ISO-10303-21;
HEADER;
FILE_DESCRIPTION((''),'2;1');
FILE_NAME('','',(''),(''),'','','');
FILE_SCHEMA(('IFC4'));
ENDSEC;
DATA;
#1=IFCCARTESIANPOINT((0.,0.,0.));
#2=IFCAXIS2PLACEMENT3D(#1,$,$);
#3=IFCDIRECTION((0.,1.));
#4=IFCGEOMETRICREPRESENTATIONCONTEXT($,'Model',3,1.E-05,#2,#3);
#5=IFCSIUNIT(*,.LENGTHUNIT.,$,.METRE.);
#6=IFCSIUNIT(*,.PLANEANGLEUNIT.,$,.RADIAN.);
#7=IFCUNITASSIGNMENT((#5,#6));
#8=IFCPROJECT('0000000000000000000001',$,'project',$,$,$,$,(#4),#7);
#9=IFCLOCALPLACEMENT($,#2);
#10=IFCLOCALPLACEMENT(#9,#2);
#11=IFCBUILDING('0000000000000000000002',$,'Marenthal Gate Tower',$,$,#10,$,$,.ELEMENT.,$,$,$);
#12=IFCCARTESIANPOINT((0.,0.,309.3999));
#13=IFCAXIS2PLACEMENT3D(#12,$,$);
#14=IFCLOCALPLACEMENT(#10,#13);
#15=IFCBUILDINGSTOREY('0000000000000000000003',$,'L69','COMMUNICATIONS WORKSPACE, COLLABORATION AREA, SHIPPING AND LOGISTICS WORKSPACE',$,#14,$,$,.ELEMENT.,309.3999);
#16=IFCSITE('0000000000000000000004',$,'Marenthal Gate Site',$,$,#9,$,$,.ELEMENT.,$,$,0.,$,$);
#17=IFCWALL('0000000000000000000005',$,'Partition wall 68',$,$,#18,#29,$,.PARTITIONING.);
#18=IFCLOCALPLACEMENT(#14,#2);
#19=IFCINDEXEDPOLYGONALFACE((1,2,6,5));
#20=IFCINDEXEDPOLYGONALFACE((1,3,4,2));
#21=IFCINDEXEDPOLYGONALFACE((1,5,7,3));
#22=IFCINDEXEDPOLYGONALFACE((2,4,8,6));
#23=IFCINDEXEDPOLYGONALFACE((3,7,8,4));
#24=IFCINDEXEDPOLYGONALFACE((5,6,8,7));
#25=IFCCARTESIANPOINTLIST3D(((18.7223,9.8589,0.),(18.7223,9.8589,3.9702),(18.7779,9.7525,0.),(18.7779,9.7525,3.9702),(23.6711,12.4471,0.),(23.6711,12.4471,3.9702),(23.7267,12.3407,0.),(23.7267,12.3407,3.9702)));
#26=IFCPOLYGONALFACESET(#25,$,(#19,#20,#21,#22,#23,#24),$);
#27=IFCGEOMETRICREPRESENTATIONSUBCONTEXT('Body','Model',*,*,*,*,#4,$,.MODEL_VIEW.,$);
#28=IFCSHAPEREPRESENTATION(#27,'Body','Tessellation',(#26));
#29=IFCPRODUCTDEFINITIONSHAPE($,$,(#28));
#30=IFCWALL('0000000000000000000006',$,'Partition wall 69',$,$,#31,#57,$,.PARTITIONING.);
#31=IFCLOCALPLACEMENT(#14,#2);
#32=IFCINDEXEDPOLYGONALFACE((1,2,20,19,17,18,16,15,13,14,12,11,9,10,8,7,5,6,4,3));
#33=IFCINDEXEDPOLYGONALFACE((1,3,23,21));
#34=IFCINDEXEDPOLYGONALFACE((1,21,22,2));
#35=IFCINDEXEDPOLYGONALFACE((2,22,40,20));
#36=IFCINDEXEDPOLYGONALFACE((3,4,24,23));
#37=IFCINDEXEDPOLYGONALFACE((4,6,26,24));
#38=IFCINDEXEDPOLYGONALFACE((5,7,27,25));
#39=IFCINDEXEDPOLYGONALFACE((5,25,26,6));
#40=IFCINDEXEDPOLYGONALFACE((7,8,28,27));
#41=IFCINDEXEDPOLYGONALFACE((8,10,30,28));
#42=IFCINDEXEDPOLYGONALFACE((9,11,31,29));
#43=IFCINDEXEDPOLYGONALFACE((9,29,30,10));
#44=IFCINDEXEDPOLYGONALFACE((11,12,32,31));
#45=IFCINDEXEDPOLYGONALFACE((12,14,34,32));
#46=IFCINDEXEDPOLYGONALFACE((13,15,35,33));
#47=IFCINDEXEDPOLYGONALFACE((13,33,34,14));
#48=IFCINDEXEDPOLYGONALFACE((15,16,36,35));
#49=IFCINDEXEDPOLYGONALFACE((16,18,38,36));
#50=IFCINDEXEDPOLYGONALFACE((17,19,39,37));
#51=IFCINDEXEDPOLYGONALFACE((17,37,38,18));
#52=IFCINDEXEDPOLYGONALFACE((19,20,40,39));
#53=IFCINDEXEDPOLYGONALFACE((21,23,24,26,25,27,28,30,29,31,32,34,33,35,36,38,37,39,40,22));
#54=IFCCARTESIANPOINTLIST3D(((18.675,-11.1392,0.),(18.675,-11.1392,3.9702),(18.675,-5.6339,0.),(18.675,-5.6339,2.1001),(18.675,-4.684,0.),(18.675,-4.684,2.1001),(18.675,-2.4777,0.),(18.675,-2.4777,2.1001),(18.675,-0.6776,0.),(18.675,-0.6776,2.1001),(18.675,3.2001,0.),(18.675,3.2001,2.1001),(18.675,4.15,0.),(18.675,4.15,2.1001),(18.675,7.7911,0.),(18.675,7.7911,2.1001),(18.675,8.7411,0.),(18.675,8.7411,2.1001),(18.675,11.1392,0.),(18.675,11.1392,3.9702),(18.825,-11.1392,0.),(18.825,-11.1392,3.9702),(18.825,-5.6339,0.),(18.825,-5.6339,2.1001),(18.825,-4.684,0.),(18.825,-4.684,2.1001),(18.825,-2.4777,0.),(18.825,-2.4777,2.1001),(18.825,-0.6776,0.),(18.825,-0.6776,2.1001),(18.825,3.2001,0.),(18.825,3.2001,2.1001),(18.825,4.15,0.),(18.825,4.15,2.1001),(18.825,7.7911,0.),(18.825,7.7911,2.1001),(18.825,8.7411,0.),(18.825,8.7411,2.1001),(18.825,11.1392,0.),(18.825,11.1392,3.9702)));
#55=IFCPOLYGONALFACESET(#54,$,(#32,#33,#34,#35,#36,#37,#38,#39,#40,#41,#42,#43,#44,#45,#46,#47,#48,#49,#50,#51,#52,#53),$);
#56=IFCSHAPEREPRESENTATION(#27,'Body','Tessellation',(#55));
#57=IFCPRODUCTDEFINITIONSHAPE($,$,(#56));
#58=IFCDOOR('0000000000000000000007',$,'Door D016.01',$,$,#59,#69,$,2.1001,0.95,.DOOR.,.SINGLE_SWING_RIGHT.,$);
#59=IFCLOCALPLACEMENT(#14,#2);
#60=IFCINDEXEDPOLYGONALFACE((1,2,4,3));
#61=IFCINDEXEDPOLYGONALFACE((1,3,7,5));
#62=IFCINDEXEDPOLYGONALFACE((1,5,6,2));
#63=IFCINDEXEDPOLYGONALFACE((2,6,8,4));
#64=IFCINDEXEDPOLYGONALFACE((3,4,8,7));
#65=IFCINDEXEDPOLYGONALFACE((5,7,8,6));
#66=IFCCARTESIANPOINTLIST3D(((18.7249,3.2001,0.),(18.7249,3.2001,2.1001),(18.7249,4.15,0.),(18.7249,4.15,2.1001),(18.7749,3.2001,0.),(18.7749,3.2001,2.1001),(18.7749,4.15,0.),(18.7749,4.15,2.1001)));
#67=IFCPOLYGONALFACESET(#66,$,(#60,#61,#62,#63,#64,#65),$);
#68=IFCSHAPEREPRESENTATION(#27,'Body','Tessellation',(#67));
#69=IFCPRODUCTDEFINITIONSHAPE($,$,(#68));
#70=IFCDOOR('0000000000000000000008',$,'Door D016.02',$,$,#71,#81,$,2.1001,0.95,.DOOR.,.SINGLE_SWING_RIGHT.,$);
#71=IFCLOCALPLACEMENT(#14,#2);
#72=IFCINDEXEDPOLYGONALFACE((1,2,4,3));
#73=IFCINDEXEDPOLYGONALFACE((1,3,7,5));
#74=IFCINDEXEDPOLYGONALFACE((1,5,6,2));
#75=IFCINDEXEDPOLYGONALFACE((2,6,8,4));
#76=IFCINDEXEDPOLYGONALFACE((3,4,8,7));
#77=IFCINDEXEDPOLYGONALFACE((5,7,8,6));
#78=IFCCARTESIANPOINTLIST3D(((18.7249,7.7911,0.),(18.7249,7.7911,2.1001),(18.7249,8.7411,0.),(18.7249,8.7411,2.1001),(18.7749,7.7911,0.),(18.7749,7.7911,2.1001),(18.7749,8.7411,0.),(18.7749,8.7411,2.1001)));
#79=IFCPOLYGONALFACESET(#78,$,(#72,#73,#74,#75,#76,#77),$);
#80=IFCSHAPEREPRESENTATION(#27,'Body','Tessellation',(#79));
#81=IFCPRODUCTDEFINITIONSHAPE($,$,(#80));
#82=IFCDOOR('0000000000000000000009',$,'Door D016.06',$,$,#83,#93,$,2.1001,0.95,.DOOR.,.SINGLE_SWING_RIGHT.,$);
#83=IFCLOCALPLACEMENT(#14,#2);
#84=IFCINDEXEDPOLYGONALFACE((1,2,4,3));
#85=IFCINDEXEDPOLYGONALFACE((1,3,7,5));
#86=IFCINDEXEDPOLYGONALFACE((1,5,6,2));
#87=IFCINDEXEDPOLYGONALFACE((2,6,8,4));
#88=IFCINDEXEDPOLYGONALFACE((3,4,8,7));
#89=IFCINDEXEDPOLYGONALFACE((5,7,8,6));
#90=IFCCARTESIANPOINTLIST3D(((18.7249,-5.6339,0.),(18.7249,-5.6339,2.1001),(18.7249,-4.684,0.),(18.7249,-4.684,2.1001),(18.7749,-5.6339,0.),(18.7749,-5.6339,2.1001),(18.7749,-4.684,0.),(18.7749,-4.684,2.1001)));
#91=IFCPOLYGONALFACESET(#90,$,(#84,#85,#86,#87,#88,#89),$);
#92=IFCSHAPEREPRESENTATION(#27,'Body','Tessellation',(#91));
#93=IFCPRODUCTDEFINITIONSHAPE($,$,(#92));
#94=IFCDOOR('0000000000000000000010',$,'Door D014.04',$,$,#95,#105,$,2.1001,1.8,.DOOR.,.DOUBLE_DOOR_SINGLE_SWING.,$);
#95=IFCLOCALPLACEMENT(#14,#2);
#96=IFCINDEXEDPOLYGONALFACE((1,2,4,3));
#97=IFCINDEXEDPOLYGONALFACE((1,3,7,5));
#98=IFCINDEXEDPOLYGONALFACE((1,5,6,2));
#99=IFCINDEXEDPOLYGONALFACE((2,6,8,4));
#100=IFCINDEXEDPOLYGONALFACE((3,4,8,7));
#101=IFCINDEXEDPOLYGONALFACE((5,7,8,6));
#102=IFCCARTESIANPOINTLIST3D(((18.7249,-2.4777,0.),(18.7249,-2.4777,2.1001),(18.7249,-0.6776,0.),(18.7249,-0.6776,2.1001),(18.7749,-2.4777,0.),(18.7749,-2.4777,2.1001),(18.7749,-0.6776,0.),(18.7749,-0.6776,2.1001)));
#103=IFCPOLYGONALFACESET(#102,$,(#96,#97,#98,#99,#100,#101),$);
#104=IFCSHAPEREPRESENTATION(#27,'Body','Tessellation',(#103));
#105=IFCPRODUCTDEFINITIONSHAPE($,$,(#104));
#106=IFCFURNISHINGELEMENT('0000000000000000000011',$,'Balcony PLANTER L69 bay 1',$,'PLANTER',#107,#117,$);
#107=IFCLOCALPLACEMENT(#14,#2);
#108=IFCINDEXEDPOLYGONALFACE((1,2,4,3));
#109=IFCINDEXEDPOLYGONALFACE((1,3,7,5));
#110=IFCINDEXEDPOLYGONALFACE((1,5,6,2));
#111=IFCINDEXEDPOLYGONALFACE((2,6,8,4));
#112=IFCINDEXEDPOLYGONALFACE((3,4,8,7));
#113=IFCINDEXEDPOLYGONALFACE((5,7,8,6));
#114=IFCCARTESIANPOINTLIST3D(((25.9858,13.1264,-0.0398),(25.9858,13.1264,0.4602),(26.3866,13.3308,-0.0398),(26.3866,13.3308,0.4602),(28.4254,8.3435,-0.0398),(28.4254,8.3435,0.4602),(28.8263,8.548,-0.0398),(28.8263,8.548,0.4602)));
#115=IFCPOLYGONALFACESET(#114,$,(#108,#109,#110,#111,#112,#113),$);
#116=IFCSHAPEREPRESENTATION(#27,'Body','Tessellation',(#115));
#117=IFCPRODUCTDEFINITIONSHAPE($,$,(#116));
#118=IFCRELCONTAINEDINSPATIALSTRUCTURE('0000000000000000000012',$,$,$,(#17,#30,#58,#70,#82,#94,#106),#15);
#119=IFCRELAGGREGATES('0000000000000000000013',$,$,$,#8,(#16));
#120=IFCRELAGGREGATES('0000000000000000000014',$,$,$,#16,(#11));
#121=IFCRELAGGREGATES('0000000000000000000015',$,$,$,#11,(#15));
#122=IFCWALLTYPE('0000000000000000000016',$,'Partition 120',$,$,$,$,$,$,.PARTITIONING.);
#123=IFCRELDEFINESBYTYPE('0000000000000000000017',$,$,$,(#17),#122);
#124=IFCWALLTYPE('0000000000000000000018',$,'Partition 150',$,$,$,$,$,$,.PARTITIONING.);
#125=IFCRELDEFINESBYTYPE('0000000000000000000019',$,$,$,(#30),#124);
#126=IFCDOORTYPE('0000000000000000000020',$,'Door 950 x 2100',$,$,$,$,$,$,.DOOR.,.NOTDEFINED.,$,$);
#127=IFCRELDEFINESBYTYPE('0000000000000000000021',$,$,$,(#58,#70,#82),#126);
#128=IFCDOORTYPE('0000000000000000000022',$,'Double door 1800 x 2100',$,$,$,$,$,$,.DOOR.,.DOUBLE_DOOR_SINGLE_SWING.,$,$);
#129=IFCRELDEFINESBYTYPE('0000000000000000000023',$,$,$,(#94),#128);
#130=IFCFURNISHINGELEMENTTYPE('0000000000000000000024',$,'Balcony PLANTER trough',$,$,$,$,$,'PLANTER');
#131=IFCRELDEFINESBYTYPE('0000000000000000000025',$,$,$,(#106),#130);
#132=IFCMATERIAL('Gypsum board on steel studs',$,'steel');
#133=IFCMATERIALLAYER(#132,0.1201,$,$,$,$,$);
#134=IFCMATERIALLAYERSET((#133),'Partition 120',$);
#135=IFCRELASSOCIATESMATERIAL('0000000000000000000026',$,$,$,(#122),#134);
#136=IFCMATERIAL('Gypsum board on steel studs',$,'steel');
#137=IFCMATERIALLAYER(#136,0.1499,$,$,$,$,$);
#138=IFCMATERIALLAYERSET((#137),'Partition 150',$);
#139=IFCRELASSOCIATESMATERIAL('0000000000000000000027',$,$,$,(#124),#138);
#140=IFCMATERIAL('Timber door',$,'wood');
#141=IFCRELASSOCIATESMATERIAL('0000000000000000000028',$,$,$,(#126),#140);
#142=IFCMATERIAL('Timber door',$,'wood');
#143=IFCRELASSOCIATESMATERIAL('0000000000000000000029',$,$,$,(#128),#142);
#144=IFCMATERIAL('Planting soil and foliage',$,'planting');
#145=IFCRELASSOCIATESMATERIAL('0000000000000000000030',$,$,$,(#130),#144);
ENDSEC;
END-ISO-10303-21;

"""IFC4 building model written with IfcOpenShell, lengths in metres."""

from ifc_helpers import new_model, si_unit, direction, frame, frame_2d, origin, origin_2d, place, context, subcontext, project, spatial, rectangle, extrude, material, layer, layer_set, type_object, element, fill, save


model = new_model("IFC4")

# Units and contexts
model_context = context("Model", 3, precision=1e-05, world=origin(), true_north=direction((0.0, 1.0)))
body_context = subcontext(model_context, "Body", "Model", "MODEL_VIEW")
ifc_project = project(units=[si_unit("LENGTHUNIT", "METRE"), si_unit("PLANEANGLEUNIT", "RADIAN")], contexts=[model_context])

# Site, building, storey
site_placement = place(None, origin())
site = spatial("IfcSite", under=ifc_project, at=site_placement, Name="Marenthal Gate Site", CompositionType="ELEMENT", RefElevation=0.0)
building_placement = place(site_placement, origin())
building = spatial("IfcBuilding", under=site, at=building_placement, Name="Marenthal Gate Tower", CompositionType="ELEMENT")
storey_placement = place(building_placement, frame((0.0, 0.0, 309.3999)))
storey = spatial("IfcBuildingStorey", under=building, at=storey_placement, Name="L69", Description="COMMUNICATIONS WORKSPACE, COLLABORATION AREA, SHIPPING AND LOGISTICS WORKSPACE", CompositionType="ELEMENT", Elevation=309.3999)

# Wall
ifc_material_1 = material(Name="Gypsum board on steel studs", Category="steel")
ifc_layer_1 = layer(ifc_material_1, 0.1201)
ifc_layer_set_1 = layer_set([ifc_layer_1], Name="Partition 120")
wall_type_1 = type_object("IfcWallType", Name="Partition 120", PredefinedType="PARTITIONING", material=ifc_layer_set_1)
wall_1_placement = place(storey_placement, frame((18.75, 9.8057, 0.0), z_axis=(0.0, 0.0, 1.0), x_axis=(0.88613, 0.463437, 0.0)))
element("IfcWall", 1, at=wall_1_placement, inside=storey, type_object=wall_type_1, Name="Partition wall 68", PredefinedType="PARTITIONING", context=body_context, shape_type="SweptSolid", body=[
    extrude(rectangle(XDim=5.5847, YDim=0.1201, at=frame_2d((2.7925, 0.0))), origin(), (0.0, 0.0, 1.0), 3.9702),
])

# Wall, openings, doors
ifc_material_2 = material(Name="Gypsum board on steel studs", Category="steel")
ifc_layer_2 = layer(ifc_material_2, 0.1499)
ifc_layer_set_2 = layer_set([ifc_layer_2], Name="Partition 150")
wall_type_2 = type_object("IfcWallType", Name="Partition 150", PredefinedType="PARTITIONING", material=ifc_layer_set_2)
wall_2_placement = place(storey_placement, frame((18.75, 11.1392, 0.0), z_axis=(0.0, 0.0, 1.0), x_axis=(0.0, -1.0, 0.0)))
wall_2 = element("IfcWall", 2, at=wall_2_placement, inside=storey, type_object=wall_type_2, Name="Partition wall 69", PredefinedType="PARTITIONING", context=body_context, shape_type="SweptSolid", body=[
    extrude(rectangle(XDim=22.2783, YDim=0.1499, at=frame_2d((11.1392, 0.0))), origin(), (0.0, 0.0, 1.0), 3.9702),
])
opening_1_placement = place(wall_2_placement, frame((6.989, 0.0, 0.0)))
opening_1 = element("IfcOpeningElement", 3, at=opening_1_placement, cuts=wall_2, PredefinedType="OPENING", context=body_context, shape_type="SweptSolid", body=[
    extrude(rectangle(XDim=0.95, YDim=2.1001, at=frame_2d((0.4751, 1.05))), frame((0.0, 0.085, 0.0), z_axis=(0.0, -1.0, 0.0), x_axis=(1.0, 0.0, 0.0)), (0.0, 0.0, 1.0), 0.1699),
])
opening_2_placement = place(wall_2_placement, frame((2.3979, 0.0, 0.0)))
opening_2 = element("IfcOpeningElement", 4, at=opening_2_placement, cuts=wall_2, PredefinedType="OPENING", context=body_context, shape_type="SweptSolid", body=[
    extrude(rectangle(XDim=0.95, YDim=2.1001, at=frame_2d((0.4751, 1.05))), frame((0.0, 0.085, 0.0), z_axis=(0.0, -1.0, 0.0), x_axis=(1.0, 0.0, 0.0)), (0.0, 0.0, 1.0), 0.1699),
])
opening_3_placement = place(wall_2_placement, frame((15.823, 0.0, 0.0)))
opening_3 = element("IfcOpeningElement", 5, at=opening_3_placement, cuts=wall_2, PredefinedType="OPENING", context=body_context, shape_type="SweptSolid", body=[
    extrude(rectangle(XDim=0.95, YDim=2.1001, at=frame_2d((0.4751, 1.05))), frame((0.0, 0.085, 0.0), z_axis=(0.0, -1.0, 0.0), x_axis=(1.0, 0.0, 0.0)), (0.0, 0.0, 1.0), 0.1699),
])
opening_4_placement = place(wall_2_placement, frame((11.8169, 0.0, 0.0)))
opening_4 = element("IfcOpeningElement", 6, at=opening_4_placement, cuts=wall_2, PredefinedType="OPENING", context=body_context, shape_type="SweptSolid", body=[
    extrude(rectangle(XDim=1.8, YDim=2.1001, at=frame_2d((0.8999, 1.05))), frame((0.0, 0.085, 0.0), z_axis=(0.0, -1.0, 0.0), x_axis=(1.0, 0.0, 0.0)), (0.0, 0.0, 1.0), 0.1699),
])
ifc_material_3 = material(Name="Timber door", Category="wood")
door_type_1 = type_object("IfcDoorType", Name="Door 950 x 2100", OperationType="NOTDEFINED", PredefinedType="DOOR", material=ifc_material_3)
door_1_placement = place(opening_1_placement, origin())
door_1 = element("IfcDoor", 7, at=door_1_placement, inside=storey, type_object=door_type_1, Name="Door D016.01", OperationType="SINGLE_SWING_RIGHT", OverallHeight=2.1001, OverallWidth=0.95, PredefinedType="DOOR", context=body_context, shape_type="SweptSolid", body=[
    extrude(rectangle(XDim=0.95, YDim=2.1001, at=frame_2d((0.4751, 1.05))), frame((0.0, 0.0249, 0.0), z_axis=(0.0, -1.0, 0.0), x_axis=(1.0, 0.0, 0.0)), (0.0, 0.0, 1.0), 0.05),
])
fill(opening_1, door_1)
door_2_placement = place(opening_2_placement, origin())
door_2 = element("IfcDoor", 8, at=door_2_placement, inside=storey, type_object=door_type_1, Name="Door D016.02", OperationType="SINGLE_SWING_RIGHT", OverallHeight=2.1001, OverallWidth=0.95, PredefinedType="DOOR", context=body_context, shape_type="SweptSolid", body=[
    extrude(rectangle(XDim=0.95, YDim=2.1001, at=frame_2d((0.4751, 1.05))), frame((0.0, 0.0249, 0.0), z_axis=(0.0, -1.0, 0.0), x_axis=(1.0, 0.0, 0.0)), (0.0, 0.0, 1.0), 0.05),
])
fill(opening_2, door_2)
door_3_placement = place(opening_3_placement, origin())
door_3 = element("IfcDoor", 9, at=door_3_placement, inside=storey, type_object=door_type_1, Name="Door D016.06", OperationType="SINGLE_SWING_RIGHT", OverallHeight=2.1001, OverallWidth=0.95, PredefinedType="DOOR", context=body_context, shape_type="SweptSolid", body=[
    extrude(rectangle(XDim=0.95, YDim=2.1001, at=frame_2d((0.4751, 1.05))), frame((0.0, 0.0249, 0.0), z_axis=(0.0, -1.0, 0.0), x_axis=(1.0, 0.0, 0.0)), (0.0, 0.0, 1.0), 0.05),
])
fill(opening_3, door_3)
ifc_material_4 = material(Name="Timber door", Category="wood")
door_type_2 = type_object("IfcDoorType", Name="Double door 1800 x 2100", OperationType="DOUBLE_DOOR_SINGLE_SWING", PredefinedType="DOOR", material=ifc_material_4)
door_4_placement = place(opening_4_placement, origin())
door_4 = element("IfcDoor", 10, at=door_4_placement, inside=storey, type_object=door_type_2, Name="Door D014.04", OperationType="DOUBLE_DOOR_SINGLE_SWING", OverallHeight=2.1001, OverallWidth=1.8, PredefinedType="DOOR", context=body_context, shape_type="SweptSolid", body=[
    extrude(rectangle(XDim=1.8, YDim=2.1001, at=frame_2d((0.8999, 1.05))), frame((0.0, 0.0249, 0.0), z_axis=(0.0, -1.0, 0.0), x_axis=(1.0, 0.0, 0.0)), (0.0, 0.0, 1.0), 0.05),
])
fill(opening_4, door_4)

# Furnishing element
ifc_material_5 = material(Name="Planting soil and foliage", Category="planting")
furnishing_element_type = type_object("IfcFurnishingElementType", Name="Balcony PLANTER trough", ElementType="PLANTER", material=ifc_material_5)
furnishing_placement = place(storey_placement, frame((27.406, 10.8372, -0.0398), z_axis=(0.0, 0.0, 1.0), x_axis=(-0.454389, 0.890803, 0.0)))
element("IfcFurnishingElement", 11, at=furnishing_placement, inside=storey, type_object=furnishing_element_type, Name="Balcony PLANTER L69 bay 1", ObjectType="PLANTER", context=body_context, shape_type="SweptSolid", body=[
    extrude(rectangle(XDim=5.3691, YDim=0.45, at=origin_2d()), origin(), (0.0, 0.0, 1.0), 0.5),
])

save(model, "model.ifc")
